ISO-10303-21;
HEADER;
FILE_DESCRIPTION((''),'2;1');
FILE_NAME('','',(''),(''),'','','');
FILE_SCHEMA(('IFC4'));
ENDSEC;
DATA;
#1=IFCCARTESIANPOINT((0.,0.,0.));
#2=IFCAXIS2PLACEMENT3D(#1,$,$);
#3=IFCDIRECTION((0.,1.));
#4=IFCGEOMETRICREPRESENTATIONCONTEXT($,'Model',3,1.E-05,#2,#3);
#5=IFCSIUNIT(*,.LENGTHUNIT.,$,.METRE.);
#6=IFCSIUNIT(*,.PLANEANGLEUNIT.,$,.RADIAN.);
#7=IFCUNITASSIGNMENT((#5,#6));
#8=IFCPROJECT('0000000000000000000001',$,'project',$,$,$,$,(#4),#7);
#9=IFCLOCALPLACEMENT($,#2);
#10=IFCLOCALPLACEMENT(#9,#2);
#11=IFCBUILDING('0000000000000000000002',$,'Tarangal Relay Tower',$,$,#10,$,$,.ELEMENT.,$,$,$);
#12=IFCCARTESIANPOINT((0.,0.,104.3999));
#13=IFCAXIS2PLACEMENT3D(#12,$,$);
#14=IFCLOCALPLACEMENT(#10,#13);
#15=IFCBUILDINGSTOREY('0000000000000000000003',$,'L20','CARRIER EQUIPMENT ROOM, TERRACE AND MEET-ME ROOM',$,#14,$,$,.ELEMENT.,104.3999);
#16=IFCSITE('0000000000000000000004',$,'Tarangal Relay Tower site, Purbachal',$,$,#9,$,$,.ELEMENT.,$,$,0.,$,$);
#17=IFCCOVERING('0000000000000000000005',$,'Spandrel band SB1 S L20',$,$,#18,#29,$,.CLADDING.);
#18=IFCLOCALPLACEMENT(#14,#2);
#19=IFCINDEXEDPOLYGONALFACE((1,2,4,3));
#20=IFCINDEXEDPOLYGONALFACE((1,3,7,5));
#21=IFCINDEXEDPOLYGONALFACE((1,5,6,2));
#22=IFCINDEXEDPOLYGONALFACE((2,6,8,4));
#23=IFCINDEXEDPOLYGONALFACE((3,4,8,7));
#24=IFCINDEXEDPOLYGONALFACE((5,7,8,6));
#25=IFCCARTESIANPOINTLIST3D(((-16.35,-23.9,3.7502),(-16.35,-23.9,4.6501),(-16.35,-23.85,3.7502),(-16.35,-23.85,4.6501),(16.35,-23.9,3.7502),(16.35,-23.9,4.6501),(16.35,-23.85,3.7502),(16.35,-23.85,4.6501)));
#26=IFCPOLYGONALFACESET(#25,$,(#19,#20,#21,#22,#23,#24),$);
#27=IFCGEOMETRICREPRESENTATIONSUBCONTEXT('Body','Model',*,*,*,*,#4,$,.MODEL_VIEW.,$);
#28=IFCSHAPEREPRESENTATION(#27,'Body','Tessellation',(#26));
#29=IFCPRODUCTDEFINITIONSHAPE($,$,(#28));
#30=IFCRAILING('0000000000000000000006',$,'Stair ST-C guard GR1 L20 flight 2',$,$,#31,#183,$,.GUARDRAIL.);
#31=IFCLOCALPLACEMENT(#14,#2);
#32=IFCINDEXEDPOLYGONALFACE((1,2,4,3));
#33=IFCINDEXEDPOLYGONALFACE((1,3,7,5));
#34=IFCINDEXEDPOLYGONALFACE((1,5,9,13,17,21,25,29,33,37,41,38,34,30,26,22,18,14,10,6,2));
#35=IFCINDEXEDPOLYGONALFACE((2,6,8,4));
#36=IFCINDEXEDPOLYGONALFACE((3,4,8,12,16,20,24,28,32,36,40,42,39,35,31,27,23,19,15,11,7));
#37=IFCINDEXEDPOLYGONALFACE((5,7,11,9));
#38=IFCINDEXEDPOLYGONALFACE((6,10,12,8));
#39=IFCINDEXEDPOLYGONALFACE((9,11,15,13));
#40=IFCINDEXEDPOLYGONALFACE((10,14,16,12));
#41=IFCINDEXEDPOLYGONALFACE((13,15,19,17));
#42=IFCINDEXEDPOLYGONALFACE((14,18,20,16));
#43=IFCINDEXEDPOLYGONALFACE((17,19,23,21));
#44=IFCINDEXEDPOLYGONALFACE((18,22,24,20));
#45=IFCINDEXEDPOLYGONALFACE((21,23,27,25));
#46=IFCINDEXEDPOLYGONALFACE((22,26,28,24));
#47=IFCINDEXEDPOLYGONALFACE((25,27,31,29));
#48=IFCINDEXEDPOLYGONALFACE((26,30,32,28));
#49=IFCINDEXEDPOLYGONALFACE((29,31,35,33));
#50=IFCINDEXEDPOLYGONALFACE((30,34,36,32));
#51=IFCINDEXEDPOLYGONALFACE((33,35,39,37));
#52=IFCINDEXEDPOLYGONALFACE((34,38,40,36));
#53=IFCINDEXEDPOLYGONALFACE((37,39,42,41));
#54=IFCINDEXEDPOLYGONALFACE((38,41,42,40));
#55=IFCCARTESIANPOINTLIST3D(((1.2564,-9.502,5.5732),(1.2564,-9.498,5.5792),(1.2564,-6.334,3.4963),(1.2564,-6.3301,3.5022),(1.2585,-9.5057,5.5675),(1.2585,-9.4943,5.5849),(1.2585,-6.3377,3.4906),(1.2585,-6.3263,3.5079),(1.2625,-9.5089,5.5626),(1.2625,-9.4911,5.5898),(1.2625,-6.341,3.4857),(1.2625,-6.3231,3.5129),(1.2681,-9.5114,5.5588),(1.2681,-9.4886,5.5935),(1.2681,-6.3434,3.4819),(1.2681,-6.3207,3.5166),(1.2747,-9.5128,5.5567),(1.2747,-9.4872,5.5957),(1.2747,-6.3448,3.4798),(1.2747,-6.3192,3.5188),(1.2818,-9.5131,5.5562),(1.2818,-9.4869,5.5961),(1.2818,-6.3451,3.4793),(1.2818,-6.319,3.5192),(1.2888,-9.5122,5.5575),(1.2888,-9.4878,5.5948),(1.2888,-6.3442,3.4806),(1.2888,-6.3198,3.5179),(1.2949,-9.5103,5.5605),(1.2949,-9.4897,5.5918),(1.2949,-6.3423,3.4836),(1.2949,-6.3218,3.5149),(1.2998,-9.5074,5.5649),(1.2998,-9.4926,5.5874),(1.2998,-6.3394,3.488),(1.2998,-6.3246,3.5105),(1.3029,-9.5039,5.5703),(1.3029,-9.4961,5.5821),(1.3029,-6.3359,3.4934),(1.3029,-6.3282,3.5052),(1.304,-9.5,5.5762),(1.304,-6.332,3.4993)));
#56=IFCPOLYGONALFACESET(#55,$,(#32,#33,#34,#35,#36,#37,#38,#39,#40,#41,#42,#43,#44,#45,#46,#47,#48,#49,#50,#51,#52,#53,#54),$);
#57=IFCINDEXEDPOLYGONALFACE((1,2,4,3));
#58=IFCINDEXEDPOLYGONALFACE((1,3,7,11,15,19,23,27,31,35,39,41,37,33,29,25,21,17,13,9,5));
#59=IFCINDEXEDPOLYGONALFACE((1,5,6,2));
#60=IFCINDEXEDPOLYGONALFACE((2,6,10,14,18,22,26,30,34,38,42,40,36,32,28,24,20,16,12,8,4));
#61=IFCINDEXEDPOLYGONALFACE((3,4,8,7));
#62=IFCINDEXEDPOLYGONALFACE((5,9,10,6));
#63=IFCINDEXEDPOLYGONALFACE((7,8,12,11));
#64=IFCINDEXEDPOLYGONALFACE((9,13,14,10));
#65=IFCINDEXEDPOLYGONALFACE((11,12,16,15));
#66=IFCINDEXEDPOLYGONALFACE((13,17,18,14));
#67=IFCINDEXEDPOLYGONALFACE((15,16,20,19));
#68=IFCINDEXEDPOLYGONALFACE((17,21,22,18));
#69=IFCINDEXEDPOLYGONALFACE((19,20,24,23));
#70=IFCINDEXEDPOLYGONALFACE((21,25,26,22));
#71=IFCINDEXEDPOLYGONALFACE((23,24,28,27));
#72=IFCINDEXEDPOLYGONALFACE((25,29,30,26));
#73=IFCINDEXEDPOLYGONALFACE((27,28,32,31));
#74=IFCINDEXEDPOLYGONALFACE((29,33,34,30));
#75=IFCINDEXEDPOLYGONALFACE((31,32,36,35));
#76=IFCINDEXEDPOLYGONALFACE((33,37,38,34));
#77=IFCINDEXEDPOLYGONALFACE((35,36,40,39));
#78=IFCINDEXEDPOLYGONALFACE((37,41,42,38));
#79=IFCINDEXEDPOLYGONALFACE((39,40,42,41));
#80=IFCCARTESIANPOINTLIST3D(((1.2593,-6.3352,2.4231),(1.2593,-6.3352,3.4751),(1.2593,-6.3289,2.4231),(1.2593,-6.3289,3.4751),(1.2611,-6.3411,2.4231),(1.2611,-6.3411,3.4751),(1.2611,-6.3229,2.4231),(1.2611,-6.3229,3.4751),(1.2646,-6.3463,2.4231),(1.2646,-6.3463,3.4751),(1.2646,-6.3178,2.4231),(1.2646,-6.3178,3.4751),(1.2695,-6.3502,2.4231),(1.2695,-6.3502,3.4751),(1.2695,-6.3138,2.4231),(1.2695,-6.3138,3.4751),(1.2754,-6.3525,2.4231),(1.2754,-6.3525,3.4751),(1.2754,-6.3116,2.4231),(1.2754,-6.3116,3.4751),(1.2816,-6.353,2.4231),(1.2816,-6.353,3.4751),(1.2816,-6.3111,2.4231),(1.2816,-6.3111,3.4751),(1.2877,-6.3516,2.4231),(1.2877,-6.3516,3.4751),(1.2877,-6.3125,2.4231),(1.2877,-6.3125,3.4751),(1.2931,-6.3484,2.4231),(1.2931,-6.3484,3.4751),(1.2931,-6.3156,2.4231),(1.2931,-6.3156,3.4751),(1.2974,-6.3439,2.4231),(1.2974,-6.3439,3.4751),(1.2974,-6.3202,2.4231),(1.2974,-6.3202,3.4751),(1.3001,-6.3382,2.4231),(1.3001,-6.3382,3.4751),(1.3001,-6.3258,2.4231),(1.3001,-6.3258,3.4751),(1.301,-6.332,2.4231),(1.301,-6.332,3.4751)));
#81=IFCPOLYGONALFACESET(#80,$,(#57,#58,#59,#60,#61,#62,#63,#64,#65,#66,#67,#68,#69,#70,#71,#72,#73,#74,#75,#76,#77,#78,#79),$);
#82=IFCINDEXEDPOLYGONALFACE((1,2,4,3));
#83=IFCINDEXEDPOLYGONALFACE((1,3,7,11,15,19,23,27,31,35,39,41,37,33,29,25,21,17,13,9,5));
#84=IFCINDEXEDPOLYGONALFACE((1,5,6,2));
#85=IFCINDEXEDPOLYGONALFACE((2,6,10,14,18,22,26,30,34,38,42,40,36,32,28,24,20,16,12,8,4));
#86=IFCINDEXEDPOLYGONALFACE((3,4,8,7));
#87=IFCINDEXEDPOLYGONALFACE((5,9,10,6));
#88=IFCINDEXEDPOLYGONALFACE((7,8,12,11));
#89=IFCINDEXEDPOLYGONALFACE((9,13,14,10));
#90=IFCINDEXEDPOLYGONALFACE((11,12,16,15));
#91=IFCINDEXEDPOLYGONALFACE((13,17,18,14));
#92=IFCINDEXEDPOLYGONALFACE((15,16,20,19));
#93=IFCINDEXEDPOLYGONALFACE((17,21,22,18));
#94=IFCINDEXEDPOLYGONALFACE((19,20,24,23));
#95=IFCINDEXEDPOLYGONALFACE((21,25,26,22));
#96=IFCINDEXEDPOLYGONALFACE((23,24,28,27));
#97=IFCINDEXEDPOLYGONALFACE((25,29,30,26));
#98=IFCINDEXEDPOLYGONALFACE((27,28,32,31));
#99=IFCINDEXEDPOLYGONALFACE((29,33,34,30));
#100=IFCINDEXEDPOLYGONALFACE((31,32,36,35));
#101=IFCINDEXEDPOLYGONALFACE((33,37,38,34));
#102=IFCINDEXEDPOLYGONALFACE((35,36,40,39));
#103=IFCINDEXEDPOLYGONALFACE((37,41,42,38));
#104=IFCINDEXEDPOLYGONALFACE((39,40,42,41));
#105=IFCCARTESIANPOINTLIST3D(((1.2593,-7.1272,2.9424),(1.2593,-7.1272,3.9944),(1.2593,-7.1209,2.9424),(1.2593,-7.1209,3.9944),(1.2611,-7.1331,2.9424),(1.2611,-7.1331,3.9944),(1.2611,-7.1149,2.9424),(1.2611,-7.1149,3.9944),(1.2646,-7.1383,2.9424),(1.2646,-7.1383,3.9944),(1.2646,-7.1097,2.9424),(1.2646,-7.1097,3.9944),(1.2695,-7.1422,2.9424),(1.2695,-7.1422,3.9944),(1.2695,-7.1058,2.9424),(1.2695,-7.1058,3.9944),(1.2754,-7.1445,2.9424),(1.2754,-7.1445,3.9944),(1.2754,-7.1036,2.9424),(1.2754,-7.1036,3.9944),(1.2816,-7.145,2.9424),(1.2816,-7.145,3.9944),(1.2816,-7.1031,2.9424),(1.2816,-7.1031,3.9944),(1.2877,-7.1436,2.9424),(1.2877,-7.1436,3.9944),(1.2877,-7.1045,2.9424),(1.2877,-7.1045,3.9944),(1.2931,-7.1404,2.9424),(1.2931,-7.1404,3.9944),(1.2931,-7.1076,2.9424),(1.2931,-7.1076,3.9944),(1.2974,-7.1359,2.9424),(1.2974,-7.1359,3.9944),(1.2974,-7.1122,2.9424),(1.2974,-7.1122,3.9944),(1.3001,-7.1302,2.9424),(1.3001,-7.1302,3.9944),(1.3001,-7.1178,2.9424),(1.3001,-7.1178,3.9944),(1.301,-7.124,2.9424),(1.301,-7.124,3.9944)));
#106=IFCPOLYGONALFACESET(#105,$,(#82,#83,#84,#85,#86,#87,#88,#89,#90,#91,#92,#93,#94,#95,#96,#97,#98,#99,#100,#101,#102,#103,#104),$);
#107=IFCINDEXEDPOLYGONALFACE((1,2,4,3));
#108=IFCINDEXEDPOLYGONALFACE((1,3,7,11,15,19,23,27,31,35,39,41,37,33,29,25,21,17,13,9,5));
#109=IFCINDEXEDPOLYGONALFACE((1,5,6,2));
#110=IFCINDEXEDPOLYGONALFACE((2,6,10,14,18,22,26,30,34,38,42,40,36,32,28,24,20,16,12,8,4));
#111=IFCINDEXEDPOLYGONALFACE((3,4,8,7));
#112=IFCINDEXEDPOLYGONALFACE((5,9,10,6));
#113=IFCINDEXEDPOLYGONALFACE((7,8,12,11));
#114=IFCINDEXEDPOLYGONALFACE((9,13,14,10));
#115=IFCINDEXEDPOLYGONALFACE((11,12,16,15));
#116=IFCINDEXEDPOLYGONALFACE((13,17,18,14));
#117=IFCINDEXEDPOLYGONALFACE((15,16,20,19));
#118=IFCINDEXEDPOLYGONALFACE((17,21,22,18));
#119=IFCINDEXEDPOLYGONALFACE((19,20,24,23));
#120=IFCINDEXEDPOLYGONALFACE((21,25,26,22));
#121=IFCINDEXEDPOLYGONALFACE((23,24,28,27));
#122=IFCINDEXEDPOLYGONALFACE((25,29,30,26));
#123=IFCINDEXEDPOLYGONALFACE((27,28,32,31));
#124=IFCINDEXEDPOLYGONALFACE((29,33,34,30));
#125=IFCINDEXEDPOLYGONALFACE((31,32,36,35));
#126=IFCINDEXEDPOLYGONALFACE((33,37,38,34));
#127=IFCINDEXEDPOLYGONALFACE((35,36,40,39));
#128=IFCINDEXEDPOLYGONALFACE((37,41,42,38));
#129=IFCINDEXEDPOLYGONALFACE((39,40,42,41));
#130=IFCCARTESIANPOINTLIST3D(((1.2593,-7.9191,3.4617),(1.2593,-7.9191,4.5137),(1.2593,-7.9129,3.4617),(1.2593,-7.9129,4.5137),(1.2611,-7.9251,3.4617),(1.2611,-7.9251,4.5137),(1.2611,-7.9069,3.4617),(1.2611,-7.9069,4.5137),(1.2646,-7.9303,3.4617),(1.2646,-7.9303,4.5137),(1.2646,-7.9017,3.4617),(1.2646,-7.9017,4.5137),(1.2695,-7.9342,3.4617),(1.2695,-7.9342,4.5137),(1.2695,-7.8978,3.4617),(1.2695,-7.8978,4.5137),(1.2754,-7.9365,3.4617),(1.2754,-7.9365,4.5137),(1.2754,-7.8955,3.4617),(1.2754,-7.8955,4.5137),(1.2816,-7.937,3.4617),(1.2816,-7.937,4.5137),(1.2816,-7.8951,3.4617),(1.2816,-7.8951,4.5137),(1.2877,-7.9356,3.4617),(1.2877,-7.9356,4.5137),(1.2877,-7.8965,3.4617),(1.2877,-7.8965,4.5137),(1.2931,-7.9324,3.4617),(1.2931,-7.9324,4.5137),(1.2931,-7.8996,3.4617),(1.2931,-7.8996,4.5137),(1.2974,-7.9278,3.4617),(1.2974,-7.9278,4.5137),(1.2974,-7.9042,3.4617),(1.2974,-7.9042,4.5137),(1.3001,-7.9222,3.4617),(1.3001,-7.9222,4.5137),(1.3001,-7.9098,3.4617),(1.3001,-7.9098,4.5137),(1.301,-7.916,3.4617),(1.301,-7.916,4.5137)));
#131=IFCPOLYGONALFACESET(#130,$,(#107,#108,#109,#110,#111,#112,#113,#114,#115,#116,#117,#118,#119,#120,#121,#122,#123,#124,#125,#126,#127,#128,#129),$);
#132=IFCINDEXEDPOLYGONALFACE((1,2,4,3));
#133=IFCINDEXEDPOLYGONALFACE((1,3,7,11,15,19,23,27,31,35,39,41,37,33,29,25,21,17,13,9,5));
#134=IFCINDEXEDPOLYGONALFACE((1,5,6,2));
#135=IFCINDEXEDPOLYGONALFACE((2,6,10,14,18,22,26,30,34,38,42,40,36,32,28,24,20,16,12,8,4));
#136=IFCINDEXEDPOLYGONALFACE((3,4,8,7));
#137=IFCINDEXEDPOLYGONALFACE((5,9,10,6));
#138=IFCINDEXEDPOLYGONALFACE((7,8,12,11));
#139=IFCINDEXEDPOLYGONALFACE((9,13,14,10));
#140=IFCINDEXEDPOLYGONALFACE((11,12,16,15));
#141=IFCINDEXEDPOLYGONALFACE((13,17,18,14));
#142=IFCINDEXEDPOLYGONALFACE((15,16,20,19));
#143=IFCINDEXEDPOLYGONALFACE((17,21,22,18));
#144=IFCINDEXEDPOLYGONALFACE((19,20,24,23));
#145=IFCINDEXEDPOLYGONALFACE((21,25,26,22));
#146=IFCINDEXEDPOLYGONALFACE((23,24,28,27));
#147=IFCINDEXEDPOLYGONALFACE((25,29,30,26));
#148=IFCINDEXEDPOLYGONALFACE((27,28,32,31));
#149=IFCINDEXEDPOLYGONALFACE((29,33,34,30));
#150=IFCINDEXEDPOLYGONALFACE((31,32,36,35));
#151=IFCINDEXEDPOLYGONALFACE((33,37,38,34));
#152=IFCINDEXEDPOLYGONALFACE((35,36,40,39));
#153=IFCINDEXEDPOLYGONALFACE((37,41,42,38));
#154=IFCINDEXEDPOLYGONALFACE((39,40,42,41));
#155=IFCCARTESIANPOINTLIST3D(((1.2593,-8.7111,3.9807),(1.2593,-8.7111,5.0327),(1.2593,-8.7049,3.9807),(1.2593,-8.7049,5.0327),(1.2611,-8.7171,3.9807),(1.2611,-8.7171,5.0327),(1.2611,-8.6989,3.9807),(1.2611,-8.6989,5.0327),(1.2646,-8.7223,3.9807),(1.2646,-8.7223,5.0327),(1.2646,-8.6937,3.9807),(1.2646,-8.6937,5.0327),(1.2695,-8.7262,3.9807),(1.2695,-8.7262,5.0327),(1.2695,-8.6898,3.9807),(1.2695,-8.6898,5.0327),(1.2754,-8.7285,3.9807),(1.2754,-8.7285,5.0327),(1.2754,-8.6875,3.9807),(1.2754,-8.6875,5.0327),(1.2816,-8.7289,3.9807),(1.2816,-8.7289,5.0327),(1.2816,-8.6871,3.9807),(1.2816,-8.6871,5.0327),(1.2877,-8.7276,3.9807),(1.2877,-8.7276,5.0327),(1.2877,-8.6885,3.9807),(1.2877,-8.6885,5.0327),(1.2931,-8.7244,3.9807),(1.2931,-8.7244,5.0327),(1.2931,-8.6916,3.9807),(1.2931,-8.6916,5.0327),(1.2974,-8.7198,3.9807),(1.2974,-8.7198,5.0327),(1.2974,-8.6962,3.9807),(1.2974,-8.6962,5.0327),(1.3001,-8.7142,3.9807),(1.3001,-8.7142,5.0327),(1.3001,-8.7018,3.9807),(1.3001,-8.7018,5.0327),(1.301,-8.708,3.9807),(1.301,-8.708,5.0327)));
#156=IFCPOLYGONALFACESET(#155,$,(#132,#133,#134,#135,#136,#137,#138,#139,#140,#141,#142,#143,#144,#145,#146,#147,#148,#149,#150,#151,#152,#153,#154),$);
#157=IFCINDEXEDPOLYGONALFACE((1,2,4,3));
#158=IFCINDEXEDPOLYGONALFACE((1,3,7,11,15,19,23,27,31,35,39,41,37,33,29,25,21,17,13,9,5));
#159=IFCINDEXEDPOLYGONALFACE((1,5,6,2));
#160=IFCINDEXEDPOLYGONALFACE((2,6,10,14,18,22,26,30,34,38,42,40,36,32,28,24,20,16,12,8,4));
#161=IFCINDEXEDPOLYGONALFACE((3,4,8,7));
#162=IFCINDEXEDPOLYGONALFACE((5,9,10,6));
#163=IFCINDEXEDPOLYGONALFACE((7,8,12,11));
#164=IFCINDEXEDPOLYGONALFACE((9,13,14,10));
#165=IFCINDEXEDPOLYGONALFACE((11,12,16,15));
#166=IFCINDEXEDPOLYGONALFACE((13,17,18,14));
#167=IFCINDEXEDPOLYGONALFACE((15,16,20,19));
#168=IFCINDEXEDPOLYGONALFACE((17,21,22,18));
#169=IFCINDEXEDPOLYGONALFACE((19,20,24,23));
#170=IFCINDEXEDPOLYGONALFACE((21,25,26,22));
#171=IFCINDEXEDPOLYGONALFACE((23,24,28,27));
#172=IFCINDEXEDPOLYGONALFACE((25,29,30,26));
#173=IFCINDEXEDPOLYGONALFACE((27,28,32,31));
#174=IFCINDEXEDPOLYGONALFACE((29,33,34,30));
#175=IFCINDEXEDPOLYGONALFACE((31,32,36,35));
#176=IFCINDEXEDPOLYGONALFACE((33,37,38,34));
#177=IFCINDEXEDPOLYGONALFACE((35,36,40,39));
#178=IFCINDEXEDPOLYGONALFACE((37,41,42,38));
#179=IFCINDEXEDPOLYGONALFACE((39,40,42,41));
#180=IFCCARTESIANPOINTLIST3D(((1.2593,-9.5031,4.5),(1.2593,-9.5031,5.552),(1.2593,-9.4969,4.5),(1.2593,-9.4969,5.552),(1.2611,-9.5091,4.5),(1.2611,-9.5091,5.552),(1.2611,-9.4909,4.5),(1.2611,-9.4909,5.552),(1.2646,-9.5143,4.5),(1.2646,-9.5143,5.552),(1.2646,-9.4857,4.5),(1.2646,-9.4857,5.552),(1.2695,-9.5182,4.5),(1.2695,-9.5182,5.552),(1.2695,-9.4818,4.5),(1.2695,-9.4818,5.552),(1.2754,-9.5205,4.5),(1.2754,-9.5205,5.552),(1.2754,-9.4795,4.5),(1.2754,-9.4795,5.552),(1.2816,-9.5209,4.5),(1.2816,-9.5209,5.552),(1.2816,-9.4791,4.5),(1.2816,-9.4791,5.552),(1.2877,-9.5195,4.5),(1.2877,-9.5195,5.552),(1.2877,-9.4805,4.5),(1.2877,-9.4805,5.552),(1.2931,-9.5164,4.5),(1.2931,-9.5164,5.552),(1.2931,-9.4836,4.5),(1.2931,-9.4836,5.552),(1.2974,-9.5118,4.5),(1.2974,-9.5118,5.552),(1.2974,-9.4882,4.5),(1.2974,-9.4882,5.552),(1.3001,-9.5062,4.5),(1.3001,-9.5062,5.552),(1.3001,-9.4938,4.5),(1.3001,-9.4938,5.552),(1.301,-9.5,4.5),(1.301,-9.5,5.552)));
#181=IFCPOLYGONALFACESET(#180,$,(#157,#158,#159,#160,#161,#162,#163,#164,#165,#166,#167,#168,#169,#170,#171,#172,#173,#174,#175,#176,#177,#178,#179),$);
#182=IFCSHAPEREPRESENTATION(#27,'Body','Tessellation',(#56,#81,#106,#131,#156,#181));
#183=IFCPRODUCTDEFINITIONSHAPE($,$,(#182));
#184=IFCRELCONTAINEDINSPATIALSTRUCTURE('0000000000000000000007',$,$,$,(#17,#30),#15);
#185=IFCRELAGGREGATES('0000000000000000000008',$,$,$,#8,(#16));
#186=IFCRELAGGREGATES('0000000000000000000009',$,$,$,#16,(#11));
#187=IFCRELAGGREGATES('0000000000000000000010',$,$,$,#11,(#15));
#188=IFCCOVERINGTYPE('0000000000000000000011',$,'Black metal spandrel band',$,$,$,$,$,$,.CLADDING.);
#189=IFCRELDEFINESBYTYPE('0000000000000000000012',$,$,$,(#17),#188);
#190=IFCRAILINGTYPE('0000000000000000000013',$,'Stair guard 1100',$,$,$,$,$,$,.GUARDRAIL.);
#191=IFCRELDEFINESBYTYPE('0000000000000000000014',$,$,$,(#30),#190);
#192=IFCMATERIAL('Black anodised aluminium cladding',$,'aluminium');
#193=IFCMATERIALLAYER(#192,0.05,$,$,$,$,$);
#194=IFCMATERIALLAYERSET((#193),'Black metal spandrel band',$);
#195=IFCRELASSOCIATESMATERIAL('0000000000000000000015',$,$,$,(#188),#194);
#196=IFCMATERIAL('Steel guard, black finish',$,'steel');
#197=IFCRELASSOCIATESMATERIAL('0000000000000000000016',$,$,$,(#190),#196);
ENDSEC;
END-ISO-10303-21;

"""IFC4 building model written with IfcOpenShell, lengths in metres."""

from ifc_helpers import new_model, si_unit, direction, frame, origin, origin_2d, place, context, subcontext, project, spatial, rectangle, circle, extrude, material, layer, layer_set, type_object, element, save


model = new_model("IFC4")

# Units and contexts
model_context = context("Model", 3, precision=1e-05, world=origin(), true_north=direction((0.0, 1.0)))
body_context = subcontext(model_context, "Body", "Model", "MODEL_VIEW")
ifc_project = project(units=[si_unit("LENGTHUNIT", "METRE"), si_unit("PLANEANGLEUNIT", "RADIAN")], contexts=[model_context])

# Site, building, storey
site_placement = place(None, origin())
site = spatial("IfcSite", under=ifc_project, at=site_placement, Name="Tarangal Relay Tower site, Purbachal", CompositionType="ELEMENT", RefElevation=0.0)
building_placement = place(site_placement, origin())
building = spatial("IfcBuilding", under=site, at=building_placement, Name="Tarangal Relay Tower", CompositionType="ELEMENT")
storey_placement = place(building_placement, frame((0.0, 0.0, 104.3999)))
storey = spatial("IfcBuildingStorey", under=building, at=storey_placement, Name="L20", Description="CARRIER EQUIPMENT ROOM, TERRACE AND MEET-ME ROOM", CompositionType="ELEMENT", Elevation=104.3999)

# Covering
ifc_material_1 = material(Name="Black anodised aluminium cladding", Category="aluminium")
ifc_layer_1 = layer(ifc_material_1, 0.05)
ifc_layer_set_1 = layer_set([ifc_layer_1], Name="Black metal spandrel band")
covering_type_1 = type_object("IfcCoveringType", Name="Black metal spandrel band", PredefinedType="CLADDING", material=ifc_layer_set_1)
covering_1_placement = place(storey_placement, frame((0.0, -23.875, 3.7502), z_axis=(0.0, 0.0, 1.0), x_axis=(-1.0, 0.0, 0.0)))
element("IfcCovering", 1, at=covering_1_placement, inside=storey, type_object=covering_type_1, Name="Spandrel band SB1 S L20", PredefinedType="CLADDING", context=body_context, shape_type="SweptSolid", body=[
    extrude(rectangle(XDim=32.7, YDim=0.05, at=origin_2d()), origin(), (0.0, 0.0, 1.0), 0.8999),
])

# Railing
ifc_material_2 = material(Name="Steel guard, black finish", Category="steel")
railing_type_1 = type_object("IfcRailingType", Name="Stair guard 1100", PredefinedType="GUARDRAIL", material=ifc_material_2)
railing_1_placement = place(storey_placement, frame((1.28, -6.332, 2.4231)))
element("IfcRailing", 2, at=railing_1_placement, inside=storey, type_object=railing_type_1, Name="Stair ST-C guard GR1 L20 flight 2", PredefinedType="GUARDRAIL", context=body_context, shape_type="SweptSolid", body=[
    extrude(circle(Radius=0.0239, at=origin_2d()), frame((0.0, 0.0, 1.0762), z_axis=(0.0, -0.836299, 0.548273), x_axis=(1.0, 0.0, 0.0)), (0.0, 0.0, 1.0), 3.7881),
    extrude(circle(Radius=0.021, at=origin_2d()), origin(), (0.0, 0.0, 1.0), 1.052),
    extrude(circle(Radius=0.021, at=origin_2d()), frame((0.0, -0.792, 0.5193)), (0.0, 0.0, 1.0), 1.052),
    extrude(circle(Radius=0.021, at=origin_2d()), frame((0.0, -1.584, 1.0386)), (0.0, 0.0, 1.0), 1.052),
    extrude(circle(Radius=0.021, at=origin_2d()), frame((0.0, -2.376, 1.5576)), (0.0, 0.0, 1.0), 1.052),
    extrude(circle(Radius=0.021, at=origin_2d()), frame((0.0, -3.168, 2.0769)), (0.0, 0.0, 1.0), 1.052),
])

save(model, "model.ifc")
